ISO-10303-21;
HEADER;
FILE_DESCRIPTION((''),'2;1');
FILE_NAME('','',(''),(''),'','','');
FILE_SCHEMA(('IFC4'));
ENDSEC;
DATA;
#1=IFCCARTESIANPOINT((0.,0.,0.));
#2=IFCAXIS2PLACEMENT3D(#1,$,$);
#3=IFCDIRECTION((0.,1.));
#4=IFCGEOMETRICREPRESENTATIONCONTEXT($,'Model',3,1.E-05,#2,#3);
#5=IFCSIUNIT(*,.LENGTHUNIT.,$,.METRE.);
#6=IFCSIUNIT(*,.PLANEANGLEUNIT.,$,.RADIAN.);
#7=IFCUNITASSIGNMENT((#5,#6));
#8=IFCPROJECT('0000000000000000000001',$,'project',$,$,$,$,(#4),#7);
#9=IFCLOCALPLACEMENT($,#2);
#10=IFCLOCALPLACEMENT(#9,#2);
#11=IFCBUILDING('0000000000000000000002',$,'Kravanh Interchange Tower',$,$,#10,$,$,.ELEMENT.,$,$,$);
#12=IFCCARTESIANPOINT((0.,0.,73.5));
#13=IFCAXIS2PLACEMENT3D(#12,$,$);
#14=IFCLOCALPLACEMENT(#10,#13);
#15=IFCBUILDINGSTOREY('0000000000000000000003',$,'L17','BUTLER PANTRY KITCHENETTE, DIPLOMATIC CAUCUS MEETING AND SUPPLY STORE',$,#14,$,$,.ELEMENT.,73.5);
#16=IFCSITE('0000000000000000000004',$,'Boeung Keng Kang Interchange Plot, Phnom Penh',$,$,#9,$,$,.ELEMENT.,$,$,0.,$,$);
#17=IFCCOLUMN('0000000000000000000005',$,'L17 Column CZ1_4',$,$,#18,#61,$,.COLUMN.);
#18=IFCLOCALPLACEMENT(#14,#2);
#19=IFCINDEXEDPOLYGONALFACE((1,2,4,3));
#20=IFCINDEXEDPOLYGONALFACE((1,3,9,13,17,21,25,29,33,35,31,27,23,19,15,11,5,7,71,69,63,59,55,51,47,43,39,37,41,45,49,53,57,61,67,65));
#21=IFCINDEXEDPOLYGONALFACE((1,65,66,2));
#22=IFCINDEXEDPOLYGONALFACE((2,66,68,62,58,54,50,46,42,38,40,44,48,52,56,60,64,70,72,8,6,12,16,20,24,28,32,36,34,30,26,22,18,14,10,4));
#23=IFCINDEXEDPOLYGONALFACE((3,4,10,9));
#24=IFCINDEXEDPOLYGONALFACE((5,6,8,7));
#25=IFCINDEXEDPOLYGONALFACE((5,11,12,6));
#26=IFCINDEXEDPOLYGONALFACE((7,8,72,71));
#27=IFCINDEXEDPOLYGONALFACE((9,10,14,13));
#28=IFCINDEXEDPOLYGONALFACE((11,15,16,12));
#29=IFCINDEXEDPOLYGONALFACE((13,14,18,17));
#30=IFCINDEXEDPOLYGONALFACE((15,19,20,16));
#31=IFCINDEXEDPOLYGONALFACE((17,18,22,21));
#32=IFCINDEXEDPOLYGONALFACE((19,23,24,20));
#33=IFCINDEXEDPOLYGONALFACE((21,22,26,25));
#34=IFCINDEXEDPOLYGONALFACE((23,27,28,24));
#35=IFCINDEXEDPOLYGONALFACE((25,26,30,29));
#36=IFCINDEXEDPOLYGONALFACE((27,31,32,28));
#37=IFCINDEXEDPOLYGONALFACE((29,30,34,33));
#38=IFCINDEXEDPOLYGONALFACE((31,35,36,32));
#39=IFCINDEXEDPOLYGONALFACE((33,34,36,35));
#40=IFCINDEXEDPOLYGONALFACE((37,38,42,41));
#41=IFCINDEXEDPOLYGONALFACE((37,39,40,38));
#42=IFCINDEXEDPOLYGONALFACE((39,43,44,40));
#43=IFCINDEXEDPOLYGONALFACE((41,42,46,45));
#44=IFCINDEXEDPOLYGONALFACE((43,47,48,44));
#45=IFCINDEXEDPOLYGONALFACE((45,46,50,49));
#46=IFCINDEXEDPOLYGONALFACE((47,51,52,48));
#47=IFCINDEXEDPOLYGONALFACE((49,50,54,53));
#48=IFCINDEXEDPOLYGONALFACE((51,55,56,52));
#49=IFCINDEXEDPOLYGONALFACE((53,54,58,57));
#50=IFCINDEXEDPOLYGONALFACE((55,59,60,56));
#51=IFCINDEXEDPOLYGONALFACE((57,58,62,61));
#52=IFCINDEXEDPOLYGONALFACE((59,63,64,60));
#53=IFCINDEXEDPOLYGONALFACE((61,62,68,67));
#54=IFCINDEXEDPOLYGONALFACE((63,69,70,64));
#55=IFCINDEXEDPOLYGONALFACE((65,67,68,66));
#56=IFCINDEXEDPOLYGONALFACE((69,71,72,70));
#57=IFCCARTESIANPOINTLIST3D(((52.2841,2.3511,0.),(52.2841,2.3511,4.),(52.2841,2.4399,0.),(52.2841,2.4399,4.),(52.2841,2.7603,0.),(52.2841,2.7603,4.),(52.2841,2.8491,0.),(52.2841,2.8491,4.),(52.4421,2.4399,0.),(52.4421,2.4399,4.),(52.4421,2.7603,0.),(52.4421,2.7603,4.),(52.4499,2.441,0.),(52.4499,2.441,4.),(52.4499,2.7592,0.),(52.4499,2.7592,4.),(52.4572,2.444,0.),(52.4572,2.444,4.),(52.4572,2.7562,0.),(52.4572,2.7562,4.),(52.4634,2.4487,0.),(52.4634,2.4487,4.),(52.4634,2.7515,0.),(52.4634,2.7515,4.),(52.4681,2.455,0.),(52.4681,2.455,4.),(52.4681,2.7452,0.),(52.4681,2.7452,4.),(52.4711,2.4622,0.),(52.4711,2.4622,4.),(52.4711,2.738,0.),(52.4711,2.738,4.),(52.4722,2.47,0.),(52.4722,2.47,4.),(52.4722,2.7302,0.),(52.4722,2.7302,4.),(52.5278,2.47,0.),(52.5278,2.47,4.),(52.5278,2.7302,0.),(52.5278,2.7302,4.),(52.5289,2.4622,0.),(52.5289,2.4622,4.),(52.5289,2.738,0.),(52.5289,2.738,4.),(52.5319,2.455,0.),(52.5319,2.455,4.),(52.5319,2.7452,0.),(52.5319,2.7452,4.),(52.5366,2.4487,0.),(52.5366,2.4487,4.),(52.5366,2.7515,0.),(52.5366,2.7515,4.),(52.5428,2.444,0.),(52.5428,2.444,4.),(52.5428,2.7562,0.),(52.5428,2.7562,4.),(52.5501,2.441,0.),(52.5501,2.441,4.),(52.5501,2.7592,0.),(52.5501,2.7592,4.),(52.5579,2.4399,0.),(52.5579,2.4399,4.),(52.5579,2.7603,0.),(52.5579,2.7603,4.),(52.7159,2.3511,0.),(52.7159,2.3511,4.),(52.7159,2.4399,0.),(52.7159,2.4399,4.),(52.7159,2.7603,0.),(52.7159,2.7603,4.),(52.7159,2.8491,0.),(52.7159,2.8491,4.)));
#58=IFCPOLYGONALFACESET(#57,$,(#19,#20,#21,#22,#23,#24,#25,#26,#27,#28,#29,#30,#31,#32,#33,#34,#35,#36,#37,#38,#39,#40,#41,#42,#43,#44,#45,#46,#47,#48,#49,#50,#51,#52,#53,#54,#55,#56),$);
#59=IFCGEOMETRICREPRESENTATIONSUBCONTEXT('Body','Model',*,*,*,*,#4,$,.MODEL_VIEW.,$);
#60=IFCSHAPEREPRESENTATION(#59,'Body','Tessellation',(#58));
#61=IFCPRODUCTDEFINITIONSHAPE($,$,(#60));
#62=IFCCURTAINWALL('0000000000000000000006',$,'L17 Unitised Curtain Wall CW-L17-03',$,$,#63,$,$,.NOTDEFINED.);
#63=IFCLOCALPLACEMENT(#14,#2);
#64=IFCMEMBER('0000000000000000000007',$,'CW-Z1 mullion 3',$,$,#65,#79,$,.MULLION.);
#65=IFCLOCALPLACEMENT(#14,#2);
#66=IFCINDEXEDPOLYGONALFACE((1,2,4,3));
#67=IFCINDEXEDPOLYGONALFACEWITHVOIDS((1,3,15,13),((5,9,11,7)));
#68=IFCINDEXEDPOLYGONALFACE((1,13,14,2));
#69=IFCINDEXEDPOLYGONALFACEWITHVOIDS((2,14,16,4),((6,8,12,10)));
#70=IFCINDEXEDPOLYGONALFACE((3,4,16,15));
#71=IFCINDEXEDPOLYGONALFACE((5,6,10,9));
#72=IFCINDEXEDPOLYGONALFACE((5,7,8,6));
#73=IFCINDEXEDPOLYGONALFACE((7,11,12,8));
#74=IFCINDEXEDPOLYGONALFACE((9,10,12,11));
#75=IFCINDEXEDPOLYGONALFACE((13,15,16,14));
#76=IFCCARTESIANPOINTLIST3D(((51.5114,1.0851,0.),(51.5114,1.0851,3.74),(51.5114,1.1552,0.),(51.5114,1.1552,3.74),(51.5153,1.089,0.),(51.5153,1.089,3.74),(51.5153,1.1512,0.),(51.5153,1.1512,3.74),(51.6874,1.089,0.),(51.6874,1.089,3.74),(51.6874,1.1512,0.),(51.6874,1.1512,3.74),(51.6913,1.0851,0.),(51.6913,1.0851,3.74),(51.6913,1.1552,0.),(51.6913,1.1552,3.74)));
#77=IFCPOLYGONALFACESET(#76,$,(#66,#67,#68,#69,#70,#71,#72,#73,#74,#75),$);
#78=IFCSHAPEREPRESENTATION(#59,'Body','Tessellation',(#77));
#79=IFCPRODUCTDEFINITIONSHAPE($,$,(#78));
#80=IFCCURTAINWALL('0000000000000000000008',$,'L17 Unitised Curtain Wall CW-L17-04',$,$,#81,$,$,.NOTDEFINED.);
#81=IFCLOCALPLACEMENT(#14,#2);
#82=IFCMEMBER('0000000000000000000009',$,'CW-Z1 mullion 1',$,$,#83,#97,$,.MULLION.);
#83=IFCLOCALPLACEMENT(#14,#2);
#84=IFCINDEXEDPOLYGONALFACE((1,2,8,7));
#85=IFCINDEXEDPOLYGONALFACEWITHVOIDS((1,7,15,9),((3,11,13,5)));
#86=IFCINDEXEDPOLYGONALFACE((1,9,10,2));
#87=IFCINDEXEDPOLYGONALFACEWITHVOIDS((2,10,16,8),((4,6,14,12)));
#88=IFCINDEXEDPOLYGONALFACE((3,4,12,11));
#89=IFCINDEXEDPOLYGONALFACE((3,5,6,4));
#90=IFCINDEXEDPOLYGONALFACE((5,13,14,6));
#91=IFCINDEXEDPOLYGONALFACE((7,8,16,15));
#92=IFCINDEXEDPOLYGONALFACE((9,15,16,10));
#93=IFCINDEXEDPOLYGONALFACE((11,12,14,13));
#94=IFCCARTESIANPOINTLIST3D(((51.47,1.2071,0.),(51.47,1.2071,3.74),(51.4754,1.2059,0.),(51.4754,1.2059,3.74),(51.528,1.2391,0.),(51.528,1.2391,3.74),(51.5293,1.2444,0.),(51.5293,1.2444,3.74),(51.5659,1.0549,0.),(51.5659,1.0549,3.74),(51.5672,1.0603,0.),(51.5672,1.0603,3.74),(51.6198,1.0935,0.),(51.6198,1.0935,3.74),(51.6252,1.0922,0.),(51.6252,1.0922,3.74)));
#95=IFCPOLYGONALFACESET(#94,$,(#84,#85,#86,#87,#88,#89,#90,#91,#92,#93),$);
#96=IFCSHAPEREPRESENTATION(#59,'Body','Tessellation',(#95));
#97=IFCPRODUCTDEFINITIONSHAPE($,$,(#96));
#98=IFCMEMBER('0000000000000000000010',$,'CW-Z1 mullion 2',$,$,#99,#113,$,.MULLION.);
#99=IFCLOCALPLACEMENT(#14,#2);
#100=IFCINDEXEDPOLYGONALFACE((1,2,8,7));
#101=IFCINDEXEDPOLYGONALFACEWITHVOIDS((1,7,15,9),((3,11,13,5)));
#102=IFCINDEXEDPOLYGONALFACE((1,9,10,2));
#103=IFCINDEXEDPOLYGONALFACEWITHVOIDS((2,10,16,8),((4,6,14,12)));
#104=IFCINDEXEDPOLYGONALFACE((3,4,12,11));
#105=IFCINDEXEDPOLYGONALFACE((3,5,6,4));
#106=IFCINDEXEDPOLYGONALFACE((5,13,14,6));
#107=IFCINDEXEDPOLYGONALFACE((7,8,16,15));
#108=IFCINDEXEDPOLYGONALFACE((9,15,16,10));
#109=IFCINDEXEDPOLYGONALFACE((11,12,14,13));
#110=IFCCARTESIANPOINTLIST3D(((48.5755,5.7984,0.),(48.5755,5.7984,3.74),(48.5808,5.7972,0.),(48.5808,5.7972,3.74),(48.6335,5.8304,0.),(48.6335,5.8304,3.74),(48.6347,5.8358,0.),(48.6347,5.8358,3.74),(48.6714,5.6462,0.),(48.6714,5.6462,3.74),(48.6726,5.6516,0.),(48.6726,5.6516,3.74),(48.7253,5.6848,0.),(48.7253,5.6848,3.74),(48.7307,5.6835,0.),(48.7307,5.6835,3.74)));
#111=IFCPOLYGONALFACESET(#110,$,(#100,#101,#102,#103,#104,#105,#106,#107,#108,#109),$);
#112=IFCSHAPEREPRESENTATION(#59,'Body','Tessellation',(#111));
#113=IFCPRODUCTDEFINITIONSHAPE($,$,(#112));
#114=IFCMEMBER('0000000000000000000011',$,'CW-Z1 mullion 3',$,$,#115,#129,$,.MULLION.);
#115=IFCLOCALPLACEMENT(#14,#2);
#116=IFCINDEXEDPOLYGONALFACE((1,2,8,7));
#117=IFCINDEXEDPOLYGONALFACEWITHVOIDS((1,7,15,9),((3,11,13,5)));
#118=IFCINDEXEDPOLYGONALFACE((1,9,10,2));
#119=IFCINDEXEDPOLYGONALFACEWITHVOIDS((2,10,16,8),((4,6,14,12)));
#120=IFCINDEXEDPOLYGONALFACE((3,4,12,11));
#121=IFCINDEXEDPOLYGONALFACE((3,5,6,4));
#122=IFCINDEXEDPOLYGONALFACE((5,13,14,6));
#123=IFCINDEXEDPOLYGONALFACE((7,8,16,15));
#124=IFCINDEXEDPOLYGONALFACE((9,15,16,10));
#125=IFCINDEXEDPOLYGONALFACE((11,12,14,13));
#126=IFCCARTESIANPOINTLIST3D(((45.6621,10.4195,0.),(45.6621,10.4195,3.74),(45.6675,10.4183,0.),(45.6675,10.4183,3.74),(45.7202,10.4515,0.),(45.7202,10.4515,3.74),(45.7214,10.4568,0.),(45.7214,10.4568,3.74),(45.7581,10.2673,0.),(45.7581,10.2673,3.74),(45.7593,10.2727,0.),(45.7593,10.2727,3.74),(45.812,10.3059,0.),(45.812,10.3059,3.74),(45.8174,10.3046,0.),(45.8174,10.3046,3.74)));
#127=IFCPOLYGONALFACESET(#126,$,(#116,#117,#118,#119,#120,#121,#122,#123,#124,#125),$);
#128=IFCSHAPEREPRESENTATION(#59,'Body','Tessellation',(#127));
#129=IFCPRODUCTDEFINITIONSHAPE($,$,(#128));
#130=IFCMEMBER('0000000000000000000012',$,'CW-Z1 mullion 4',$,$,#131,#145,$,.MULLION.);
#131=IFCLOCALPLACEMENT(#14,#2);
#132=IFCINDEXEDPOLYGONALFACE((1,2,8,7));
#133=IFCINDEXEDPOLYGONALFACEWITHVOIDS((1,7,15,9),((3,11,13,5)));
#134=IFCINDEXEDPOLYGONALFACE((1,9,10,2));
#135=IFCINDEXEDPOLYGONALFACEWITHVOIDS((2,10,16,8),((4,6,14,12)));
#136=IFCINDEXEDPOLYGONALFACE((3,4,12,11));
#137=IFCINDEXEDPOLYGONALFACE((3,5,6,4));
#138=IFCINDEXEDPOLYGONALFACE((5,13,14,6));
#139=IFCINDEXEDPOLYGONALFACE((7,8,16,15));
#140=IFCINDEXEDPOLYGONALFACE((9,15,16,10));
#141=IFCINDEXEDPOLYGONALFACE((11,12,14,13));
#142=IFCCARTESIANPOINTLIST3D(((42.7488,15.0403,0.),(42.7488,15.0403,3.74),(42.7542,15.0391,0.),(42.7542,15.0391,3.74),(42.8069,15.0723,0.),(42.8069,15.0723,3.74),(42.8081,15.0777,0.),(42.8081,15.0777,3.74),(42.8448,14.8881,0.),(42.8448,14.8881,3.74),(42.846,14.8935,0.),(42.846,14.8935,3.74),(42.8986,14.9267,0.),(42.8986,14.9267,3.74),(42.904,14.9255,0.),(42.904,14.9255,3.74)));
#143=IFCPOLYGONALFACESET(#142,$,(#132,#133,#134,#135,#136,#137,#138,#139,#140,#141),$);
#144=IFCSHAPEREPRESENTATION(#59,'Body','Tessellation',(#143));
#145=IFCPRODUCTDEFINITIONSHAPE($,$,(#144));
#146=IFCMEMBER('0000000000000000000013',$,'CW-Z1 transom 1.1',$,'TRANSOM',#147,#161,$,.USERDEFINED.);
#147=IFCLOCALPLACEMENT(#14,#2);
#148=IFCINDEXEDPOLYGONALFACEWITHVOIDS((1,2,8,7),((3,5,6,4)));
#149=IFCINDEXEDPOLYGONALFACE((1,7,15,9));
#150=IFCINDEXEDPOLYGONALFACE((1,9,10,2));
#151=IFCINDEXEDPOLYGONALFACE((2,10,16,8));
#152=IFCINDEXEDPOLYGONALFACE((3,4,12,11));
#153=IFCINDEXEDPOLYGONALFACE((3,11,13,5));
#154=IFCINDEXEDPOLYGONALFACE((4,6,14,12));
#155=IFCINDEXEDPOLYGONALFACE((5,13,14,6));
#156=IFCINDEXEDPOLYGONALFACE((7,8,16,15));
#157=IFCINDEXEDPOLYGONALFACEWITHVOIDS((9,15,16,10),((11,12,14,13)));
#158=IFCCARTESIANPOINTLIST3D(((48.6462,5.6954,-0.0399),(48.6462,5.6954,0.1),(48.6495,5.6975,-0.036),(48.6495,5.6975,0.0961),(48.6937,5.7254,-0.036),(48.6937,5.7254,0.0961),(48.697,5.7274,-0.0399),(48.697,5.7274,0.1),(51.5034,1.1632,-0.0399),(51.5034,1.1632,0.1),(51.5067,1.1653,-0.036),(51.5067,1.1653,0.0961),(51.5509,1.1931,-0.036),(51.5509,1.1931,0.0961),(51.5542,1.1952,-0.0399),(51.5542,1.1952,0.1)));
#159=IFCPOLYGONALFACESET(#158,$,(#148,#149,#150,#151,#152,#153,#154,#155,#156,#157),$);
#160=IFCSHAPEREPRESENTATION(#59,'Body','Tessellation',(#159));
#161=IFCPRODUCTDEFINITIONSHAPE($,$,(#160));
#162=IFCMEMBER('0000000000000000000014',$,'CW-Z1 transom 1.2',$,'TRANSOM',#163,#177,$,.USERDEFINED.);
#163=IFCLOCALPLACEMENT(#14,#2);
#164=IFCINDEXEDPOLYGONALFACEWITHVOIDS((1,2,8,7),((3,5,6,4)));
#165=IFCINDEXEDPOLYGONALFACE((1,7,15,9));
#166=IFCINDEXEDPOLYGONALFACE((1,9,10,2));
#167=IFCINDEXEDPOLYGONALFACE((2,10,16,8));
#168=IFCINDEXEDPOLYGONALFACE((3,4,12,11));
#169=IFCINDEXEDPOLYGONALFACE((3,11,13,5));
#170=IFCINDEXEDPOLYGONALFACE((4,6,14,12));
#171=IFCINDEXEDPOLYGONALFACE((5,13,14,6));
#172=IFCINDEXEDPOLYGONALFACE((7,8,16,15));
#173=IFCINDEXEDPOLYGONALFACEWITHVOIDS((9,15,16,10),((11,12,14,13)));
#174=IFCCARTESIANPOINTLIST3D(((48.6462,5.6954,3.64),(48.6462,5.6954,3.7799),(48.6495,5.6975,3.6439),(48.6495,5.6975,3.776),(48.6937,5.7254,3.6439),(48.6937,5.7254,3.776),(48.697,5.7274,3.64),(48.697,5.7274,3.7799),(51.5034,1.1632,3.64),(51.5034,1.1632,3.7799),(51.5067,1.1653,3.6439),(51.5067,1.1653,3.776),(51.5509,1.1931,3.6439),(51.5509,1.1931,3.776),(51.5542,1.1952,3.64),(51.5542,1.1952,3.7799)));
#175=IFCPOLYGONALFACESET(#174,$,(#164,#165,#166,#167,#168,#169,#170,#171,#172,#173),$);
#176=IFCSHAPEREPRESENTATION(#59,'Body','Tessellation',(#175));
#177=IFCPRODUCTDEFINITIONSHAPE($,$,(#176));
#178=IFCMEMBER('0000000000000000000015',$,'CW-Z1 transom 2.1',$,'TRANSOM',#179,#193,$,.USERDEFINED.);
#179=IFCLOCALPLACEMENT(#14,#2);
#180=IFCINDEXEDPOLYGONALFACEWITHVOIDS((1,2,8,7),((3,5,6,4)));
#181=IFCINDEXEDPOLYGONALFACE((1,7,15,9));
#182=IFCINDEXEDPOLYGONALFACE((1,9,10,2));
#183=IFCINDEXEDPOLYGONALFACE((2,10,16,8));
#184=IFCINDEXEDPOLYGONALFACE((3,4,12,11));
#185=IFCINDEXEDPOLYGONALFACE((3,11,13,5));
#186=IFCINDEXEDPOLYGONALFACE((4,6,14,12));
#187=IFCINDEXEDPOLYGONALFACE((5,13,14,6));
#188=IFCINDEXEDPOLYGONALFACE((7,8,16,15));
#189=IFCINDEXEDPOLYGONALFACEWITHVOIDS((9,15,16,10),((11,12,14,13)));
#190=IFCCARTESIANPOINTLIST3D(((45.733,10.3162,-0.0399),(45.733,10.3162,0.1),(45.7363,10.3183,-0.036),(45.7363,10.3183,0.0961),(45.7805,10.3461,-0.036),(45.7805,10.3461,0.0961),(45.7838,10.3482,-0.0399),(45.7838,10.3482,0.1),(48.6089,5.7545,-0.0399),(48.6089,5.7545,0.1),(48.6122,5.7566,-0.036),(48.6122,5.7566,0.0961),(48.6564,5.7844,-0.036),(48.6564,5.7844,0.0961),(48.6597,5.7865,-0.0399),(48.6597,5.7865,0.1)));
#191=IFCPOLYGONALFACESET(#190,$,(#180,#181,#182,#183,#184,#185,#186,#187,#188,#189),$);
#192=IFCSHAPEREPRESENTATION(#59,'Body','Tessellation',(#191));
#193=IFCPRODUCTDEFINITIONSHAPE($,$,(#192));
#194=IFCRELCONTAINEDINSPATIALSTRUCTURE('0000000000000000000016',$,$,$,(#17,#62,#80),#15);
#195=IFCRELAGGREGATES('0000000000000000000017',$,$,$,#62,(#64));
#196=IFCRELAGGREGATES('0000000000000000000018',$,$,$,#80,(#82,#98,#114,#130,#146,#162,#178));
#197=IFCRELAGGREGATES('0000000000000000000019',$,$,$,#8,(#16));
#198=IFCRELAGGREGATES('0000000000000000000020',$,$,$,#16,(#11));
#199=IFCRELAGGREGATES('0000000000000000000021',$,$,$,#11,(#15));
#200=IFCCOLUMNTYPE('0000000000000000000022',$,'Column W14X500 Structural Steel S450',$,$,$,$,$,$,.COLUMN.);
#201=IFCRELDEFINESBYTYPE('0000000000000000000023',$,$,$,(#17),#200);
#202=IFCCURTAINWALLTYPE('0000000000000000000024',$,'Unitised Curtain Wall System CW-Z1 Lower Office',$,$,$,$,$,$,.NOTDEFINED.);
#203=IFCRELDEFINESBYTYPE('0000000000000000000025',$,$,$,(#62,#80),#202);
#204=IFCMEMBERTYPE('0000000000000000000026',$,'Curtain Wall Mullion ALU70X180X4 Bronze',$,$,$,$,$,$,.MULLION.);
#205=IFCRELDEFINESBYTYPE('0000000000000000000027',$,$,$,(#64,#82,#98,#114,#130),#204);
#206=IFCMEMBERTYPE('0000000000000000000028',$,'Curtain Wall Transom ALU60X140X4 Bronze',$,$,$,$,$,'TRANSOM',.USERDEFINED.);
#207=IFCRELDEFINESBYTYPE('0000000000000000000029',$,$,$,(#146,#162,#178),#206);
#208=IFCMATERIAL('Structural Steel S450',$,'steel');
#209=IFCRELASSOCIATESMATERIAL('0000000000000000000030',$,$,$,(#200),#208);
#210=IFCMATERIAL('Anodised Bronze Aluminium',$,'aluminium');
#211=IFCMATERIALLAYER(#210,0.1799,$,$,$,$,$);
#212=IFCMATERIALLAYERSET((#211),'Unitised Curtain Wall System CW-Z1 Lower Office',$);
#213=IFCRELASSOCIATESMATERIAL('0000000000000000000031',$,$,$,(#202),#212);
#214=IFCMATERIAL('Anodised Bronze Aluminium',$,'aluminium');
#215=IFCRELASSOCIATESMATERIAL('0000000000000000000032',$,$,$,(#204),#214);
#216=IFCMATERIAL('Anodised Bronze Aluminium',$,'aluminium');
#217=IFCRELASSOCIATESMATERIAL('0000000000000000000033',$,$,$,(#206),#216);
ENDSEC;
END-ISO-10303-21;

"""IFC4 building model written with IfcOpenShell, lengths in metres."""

from ifc_helpers import new_model, si_unit, direction, frame, origin, origin_2d, place, context, subcontext, project, spatial, hollow_rectangle, i_section, extrude, material, layer, layer_set, material_profile, profile_set, type_object, element, aggregate, save


model = new_model("IFC4")

# Units and contexts
model_context = context("Model", 3, precision=1e-05, world=origin(), true_north=direction((0.0, 1.0)))
body_context = subcontext(model_context, "Body", "Model", "MODEL_VIEW")
ifc_project = project(units=[si_unit("LENGTHUNIT", "METRE"), si_unit("PLANEANGLEUNIT", "RADIAN")], contexts=[model_context])

# Site, building, storey
site_placement = place(None, origin())
site = spatial("IfcSite", under=ifc_project, at=site_placement, Name="Boeung Keng Kang Interchange Plot, Phnom Penh", CompositionType="ELEMENT", RefElevation=0.0)
building_placement = place(site_placement, origin())
building = spatial("IfcBuilding", under=site, at=building_placement, Name="Kravanh Interchange Tower", CompositionType="ELEMENT")
storey_placement = place(building_placement, frame((0.0, 0.0, 73.5)))
storey = spatial("IfcBuildingStorey", under=building, at=storey_placement, Name="L17", Description="BUTLER PANTRY KITCHENETTE, DIPLOMATIC CAUCUS MEETING AND SUPPLY STORE", CompositionType="ELEMENT", Elevation=73.5)

# Column
ifc_material_1 = material(Name="Structural Steel S450", Category="steel")
ifc_material_profile_1 = material_profile(ifc_material_1, i_section(OverallWidth=0.4319, OverallDepth=0.498, WebThickness=0.0557, FlangeThickness=0.0889, FilletRadius=0.03, at=origin_2d()), Name="W14X500")
ifc_profile_set_1 = profile_set([ifc_material_profile_1], Name="Structural Steel S450")
column_type = type_object("IfcColumnType", Name="Column W14X500 Structural Steel S450", PredefinedType="COLUMN", material=ifc_profile_set_1)
column_placement = place(storey_placement, frame((52.5, 2.6001, 0.0), z_axis=(0.0, 0.0, 1.0), x_axis=(1.0, 0.0, 0.0)))
element("IfcColumn", 1, at=column_placement, inside=storey, type_object=column_type, Name="L17 Column CZ1_4", PredefinedType="COLUMN", context=body_context, shape_type="SweptSolid", body=[
    extrude(i_section(OverallWidth=0.4319, OverallDepth=0.498, WebThickness=0.0557, FlangeThickness=0.0889, FilletRadius=0.03, at=origin_2d()), origin(), (0.0, 0.0, 1.0), 4.0),
])

# Curtain wall, member
ifc_material_2 = material(Name="Anodised Bronze Aluminium", Category="aluminium")
ifc_layer_1 = layer(ifc_material_2, 0.1799)
ifc_layer_set_1 = layer_set([ifc_layer_1], Name="Unitised Curtain Wall System CW-Z1 Lower Office")
curtain_wall_type = type_object("IfcCurtainWallType", Name="Unitised Curtain Wall System CW-Z1 Lower Office", PredefinedType="NOTDEFINED", material=ifc_layer_set_1)
curtain_wall_1_placement = place(storey_placement, origin())
curtain_wall_1 = element("IfcCurtainWall", 2, at=curtain_wall_1_placement, inside=storey, type_object=curtain_wall_type, Name="L17 Unitised Curtain Wall CW-L17-03", PredefinedType="NOTDEFINED")
ifc_material_3 = material(Name="Anodised Bronze Aluminium", Category="aluminium")
ifc_material_profile_2 = material_profile(ifc_material_3, hollow_rectangle(XDim=0.0701, YDim=0.1799, WallThickness=0.0039, at=origin_2d()), Name="ALU70X180X4")
ifc_profile_set_2 = profile_set([ifc_material_profile_2], Name="Anodised Bronze Aluminium")
member_type_1 = type_object("IfcMemberType", Name="Curtain Wall Mullion ALU70X180X4 Bronze", PredefinedType="MULLION", material=ifc_profile_set_2)
member_1_placement = place(storey_placement, frame((51.6013, 1.1201, 0.0), z_axis=(0.0, 0.0, 1.0), x_axis=(0.0, -1.0, 0.0)))
member_1 = element("IfcMember", 3, at=member_1_placement, type_object=member_type_1, Name="CW-Z1 mullion 3", PredefinedType="MULLION", context=body_context, shape_type="SweptSolid", body=[
    extrude(hollow_rectangle(XDim=0.0701, YDim=0.1799, WallThickness=0.0039, at=origin_2d()), origin(), (0.0, 0.0, 1.0), 3.74),
])

# Curtain wall, members
curtain_wall_2_placement = place(storey_placement, origin())
curtain_wall_2 = element("IfcCurtainWall", 4, at=curtain_wall_2_placement, inside=storey, type_object=curtain_wall_type, Name="L17 Unitised Curtain Wall CW-L17-04", PredefinedType="NOTDEFINED")
member_2_placement = place(storey_placement, frame((51.5476, 1.1497, 0.0), z_axis=(0.0, 0.0, 1.0), x_axis=(-0.845926, -0.533301, 0.0)))
member_2 = element("IfcMember", 5, at=member_2_placement, type_object=member_type_1, Name="CW-Z1 mullion 1", PredefinedType="MULLION", context=body_context, shape_type="SweptSolid", body=[
    extrude(hollow_rectangle(XDim=0.0701, YDim=0.1799, WallThickness=0.0039, at=origin_2d()), origin(), (0.0, 0.0, 1.0), 3.74),
])
member_3_placement = place(storey_placement, frame((48.6531, 5.741, 0.0), z_axis=(0.0, 0.0, 1.0), x_axis=(-0.845926, -0.533301, 0.0)))
member_3 = element("IfcMember", 6, at=member_3_placement, type_object=member_type_1, Name="CW-Z1 mullion 2", PredefinedType="MULLION", context=body_context, shape_type="SweptSolid", body=[
    extrude(hollow_rectangle(XDim=0.0701, YDim=0.1799, WallThickness=0.0039, at=origin_2d()), origin(), (0.0, 0.0, 1.0), 3.74),
])
member_4_placement = place(storey_placement, frame((45.7397, 10.3621, 0.0), z_axis=(0.0, 0.0, 1.0), x_axis=(-0.845926, -0.533301, 0.0)))
member_4 = element("IfcMember", 7, at=member_4_placement, type_object=member_type_1, Name="CW-Z1 mullion 3", PredefinedType="MULLION", context=body_context, shape_type="SweptSolid", body=[
    extrude(hollow_rectangle(XDim=0.0701, YDim=0.1799, WallThickness=0.0039, at=origin_2d()), origin(), (0.0, 0.0, 1.0), 3.74),
])
member_5_placement = place(storey_placement, frame((42.8264, 14.9829, 0.0), z_axis=(0.0, 0.0, 1.0), x_axis=(-0.845926, -0.533301, 0.0)))
member_5 = element("IfcMember", 8, at=member_5_placement, type_object=member_type_1, Name="CW-Z1 mullion 4", PredefinedType="MULLION", context=body_context, shape_type="SweptSolid", body=[
    extrude(hollow_rectangle(XDim=0.0701, YDim=0.1799, WallThickness=0.0039, at=origin_2d()), origin(), (0.0, 0.0, 1.0), 3.74),
])
ifc_material_4 = material(Name="Anodised Bronze Aluminium", Category="aluminium")
ifc_material_profile_3 = material_profile(ifc_material_4, hollow_rectangle(XDim=0.0601, YDim=0.1399, WallThickness=0.0039, at=origin_2d()), Name="ALU60X140X4")
ifc_profile_set_3 = profile_set([ifc_material_profile_3], Name="Anodised Bronze Aluminium")
member_type_2 = type_object("IfcMemberType", Name="Curtain Wall Transom ALU60X140X4 Bronze", ElementType="TRANSOM", PredefinedType="USERDEFINED", material=ifc_profile_set_3)
member_6_placement = place(storey_placement, frame((51.5288, 1.1792, 0.03), z_axis=(-0.533288, 0.845934, 0.0), x_axis=(-0.845934, -0.533288, 0.0)))
member_6 = element("IfcMember", 9, at=member_6_placement, type_object=member_type_2, Name="CW-Z1 transom 1.1", ObjectType="TRANSOM", PredefinedType="USERDEFINED", context=body_context, shape_type="SweptSolid", body=[
    extrude(hollow_rectangle(XDim=0.0601, YDim=0.1399, WallThickness=0.0039, at=origin_2d()), origin(), (0.0, 0.0, 1.0), 5.3577),
])
member_7_placement = place(storey_placement, frame((51.5288, 1.1792, 3.71), z_axis=(-0.533288, 0.845934, 0.0), x_axis=(-0.845934, -0.533288, 0.0)))
member_7 = element("IfcMember", 10, at=member_7_placement, type_object=member_type_2, Name="CW-Z1 transom 1.2", ObjectType="TRANSOM", PredefinedType="USERDEFINED", context=body_context, shape_type="SweptSolid", body=[
    extrude(hollow_rectangle(XDim=0.0601, YDim=0.1399, WallThickness=0.0039, at=origin_2d()), origin(), (0.0, 0.0, 1.0), 5.3577),
])
member_8_placement = place(storey_placement, frame((48.6343, 5.7705, 0.03), z_axis=(-0.533311, 0.845919, 0.0), x_axis=(-0.845919, -0.533311, 0.0)))
member_8 = element("IfcMember", 11, at=member_8_placement, type_object=member_type_2, Name="CW-Z1 transom 2.1", ObjectType="TRANSOM", PredefinedType="USERDEFINED", context=body_context, shape_type="SweptSolid", body=[
    extrude(hollow_rectangle(XDim=0.0601, YDim=0.1399, WallThickness=0.0039, at=origin_2d()), origin(), (0.0, 0.0, 1.0), 5.3926),
])

aggregate(curtain_wall_1, [member_1])
aggregate(curtain_wall_2, [member_2, member_3, member_4, member_5, member_6, member_7, member_8])

save(model, "model.ifc")
